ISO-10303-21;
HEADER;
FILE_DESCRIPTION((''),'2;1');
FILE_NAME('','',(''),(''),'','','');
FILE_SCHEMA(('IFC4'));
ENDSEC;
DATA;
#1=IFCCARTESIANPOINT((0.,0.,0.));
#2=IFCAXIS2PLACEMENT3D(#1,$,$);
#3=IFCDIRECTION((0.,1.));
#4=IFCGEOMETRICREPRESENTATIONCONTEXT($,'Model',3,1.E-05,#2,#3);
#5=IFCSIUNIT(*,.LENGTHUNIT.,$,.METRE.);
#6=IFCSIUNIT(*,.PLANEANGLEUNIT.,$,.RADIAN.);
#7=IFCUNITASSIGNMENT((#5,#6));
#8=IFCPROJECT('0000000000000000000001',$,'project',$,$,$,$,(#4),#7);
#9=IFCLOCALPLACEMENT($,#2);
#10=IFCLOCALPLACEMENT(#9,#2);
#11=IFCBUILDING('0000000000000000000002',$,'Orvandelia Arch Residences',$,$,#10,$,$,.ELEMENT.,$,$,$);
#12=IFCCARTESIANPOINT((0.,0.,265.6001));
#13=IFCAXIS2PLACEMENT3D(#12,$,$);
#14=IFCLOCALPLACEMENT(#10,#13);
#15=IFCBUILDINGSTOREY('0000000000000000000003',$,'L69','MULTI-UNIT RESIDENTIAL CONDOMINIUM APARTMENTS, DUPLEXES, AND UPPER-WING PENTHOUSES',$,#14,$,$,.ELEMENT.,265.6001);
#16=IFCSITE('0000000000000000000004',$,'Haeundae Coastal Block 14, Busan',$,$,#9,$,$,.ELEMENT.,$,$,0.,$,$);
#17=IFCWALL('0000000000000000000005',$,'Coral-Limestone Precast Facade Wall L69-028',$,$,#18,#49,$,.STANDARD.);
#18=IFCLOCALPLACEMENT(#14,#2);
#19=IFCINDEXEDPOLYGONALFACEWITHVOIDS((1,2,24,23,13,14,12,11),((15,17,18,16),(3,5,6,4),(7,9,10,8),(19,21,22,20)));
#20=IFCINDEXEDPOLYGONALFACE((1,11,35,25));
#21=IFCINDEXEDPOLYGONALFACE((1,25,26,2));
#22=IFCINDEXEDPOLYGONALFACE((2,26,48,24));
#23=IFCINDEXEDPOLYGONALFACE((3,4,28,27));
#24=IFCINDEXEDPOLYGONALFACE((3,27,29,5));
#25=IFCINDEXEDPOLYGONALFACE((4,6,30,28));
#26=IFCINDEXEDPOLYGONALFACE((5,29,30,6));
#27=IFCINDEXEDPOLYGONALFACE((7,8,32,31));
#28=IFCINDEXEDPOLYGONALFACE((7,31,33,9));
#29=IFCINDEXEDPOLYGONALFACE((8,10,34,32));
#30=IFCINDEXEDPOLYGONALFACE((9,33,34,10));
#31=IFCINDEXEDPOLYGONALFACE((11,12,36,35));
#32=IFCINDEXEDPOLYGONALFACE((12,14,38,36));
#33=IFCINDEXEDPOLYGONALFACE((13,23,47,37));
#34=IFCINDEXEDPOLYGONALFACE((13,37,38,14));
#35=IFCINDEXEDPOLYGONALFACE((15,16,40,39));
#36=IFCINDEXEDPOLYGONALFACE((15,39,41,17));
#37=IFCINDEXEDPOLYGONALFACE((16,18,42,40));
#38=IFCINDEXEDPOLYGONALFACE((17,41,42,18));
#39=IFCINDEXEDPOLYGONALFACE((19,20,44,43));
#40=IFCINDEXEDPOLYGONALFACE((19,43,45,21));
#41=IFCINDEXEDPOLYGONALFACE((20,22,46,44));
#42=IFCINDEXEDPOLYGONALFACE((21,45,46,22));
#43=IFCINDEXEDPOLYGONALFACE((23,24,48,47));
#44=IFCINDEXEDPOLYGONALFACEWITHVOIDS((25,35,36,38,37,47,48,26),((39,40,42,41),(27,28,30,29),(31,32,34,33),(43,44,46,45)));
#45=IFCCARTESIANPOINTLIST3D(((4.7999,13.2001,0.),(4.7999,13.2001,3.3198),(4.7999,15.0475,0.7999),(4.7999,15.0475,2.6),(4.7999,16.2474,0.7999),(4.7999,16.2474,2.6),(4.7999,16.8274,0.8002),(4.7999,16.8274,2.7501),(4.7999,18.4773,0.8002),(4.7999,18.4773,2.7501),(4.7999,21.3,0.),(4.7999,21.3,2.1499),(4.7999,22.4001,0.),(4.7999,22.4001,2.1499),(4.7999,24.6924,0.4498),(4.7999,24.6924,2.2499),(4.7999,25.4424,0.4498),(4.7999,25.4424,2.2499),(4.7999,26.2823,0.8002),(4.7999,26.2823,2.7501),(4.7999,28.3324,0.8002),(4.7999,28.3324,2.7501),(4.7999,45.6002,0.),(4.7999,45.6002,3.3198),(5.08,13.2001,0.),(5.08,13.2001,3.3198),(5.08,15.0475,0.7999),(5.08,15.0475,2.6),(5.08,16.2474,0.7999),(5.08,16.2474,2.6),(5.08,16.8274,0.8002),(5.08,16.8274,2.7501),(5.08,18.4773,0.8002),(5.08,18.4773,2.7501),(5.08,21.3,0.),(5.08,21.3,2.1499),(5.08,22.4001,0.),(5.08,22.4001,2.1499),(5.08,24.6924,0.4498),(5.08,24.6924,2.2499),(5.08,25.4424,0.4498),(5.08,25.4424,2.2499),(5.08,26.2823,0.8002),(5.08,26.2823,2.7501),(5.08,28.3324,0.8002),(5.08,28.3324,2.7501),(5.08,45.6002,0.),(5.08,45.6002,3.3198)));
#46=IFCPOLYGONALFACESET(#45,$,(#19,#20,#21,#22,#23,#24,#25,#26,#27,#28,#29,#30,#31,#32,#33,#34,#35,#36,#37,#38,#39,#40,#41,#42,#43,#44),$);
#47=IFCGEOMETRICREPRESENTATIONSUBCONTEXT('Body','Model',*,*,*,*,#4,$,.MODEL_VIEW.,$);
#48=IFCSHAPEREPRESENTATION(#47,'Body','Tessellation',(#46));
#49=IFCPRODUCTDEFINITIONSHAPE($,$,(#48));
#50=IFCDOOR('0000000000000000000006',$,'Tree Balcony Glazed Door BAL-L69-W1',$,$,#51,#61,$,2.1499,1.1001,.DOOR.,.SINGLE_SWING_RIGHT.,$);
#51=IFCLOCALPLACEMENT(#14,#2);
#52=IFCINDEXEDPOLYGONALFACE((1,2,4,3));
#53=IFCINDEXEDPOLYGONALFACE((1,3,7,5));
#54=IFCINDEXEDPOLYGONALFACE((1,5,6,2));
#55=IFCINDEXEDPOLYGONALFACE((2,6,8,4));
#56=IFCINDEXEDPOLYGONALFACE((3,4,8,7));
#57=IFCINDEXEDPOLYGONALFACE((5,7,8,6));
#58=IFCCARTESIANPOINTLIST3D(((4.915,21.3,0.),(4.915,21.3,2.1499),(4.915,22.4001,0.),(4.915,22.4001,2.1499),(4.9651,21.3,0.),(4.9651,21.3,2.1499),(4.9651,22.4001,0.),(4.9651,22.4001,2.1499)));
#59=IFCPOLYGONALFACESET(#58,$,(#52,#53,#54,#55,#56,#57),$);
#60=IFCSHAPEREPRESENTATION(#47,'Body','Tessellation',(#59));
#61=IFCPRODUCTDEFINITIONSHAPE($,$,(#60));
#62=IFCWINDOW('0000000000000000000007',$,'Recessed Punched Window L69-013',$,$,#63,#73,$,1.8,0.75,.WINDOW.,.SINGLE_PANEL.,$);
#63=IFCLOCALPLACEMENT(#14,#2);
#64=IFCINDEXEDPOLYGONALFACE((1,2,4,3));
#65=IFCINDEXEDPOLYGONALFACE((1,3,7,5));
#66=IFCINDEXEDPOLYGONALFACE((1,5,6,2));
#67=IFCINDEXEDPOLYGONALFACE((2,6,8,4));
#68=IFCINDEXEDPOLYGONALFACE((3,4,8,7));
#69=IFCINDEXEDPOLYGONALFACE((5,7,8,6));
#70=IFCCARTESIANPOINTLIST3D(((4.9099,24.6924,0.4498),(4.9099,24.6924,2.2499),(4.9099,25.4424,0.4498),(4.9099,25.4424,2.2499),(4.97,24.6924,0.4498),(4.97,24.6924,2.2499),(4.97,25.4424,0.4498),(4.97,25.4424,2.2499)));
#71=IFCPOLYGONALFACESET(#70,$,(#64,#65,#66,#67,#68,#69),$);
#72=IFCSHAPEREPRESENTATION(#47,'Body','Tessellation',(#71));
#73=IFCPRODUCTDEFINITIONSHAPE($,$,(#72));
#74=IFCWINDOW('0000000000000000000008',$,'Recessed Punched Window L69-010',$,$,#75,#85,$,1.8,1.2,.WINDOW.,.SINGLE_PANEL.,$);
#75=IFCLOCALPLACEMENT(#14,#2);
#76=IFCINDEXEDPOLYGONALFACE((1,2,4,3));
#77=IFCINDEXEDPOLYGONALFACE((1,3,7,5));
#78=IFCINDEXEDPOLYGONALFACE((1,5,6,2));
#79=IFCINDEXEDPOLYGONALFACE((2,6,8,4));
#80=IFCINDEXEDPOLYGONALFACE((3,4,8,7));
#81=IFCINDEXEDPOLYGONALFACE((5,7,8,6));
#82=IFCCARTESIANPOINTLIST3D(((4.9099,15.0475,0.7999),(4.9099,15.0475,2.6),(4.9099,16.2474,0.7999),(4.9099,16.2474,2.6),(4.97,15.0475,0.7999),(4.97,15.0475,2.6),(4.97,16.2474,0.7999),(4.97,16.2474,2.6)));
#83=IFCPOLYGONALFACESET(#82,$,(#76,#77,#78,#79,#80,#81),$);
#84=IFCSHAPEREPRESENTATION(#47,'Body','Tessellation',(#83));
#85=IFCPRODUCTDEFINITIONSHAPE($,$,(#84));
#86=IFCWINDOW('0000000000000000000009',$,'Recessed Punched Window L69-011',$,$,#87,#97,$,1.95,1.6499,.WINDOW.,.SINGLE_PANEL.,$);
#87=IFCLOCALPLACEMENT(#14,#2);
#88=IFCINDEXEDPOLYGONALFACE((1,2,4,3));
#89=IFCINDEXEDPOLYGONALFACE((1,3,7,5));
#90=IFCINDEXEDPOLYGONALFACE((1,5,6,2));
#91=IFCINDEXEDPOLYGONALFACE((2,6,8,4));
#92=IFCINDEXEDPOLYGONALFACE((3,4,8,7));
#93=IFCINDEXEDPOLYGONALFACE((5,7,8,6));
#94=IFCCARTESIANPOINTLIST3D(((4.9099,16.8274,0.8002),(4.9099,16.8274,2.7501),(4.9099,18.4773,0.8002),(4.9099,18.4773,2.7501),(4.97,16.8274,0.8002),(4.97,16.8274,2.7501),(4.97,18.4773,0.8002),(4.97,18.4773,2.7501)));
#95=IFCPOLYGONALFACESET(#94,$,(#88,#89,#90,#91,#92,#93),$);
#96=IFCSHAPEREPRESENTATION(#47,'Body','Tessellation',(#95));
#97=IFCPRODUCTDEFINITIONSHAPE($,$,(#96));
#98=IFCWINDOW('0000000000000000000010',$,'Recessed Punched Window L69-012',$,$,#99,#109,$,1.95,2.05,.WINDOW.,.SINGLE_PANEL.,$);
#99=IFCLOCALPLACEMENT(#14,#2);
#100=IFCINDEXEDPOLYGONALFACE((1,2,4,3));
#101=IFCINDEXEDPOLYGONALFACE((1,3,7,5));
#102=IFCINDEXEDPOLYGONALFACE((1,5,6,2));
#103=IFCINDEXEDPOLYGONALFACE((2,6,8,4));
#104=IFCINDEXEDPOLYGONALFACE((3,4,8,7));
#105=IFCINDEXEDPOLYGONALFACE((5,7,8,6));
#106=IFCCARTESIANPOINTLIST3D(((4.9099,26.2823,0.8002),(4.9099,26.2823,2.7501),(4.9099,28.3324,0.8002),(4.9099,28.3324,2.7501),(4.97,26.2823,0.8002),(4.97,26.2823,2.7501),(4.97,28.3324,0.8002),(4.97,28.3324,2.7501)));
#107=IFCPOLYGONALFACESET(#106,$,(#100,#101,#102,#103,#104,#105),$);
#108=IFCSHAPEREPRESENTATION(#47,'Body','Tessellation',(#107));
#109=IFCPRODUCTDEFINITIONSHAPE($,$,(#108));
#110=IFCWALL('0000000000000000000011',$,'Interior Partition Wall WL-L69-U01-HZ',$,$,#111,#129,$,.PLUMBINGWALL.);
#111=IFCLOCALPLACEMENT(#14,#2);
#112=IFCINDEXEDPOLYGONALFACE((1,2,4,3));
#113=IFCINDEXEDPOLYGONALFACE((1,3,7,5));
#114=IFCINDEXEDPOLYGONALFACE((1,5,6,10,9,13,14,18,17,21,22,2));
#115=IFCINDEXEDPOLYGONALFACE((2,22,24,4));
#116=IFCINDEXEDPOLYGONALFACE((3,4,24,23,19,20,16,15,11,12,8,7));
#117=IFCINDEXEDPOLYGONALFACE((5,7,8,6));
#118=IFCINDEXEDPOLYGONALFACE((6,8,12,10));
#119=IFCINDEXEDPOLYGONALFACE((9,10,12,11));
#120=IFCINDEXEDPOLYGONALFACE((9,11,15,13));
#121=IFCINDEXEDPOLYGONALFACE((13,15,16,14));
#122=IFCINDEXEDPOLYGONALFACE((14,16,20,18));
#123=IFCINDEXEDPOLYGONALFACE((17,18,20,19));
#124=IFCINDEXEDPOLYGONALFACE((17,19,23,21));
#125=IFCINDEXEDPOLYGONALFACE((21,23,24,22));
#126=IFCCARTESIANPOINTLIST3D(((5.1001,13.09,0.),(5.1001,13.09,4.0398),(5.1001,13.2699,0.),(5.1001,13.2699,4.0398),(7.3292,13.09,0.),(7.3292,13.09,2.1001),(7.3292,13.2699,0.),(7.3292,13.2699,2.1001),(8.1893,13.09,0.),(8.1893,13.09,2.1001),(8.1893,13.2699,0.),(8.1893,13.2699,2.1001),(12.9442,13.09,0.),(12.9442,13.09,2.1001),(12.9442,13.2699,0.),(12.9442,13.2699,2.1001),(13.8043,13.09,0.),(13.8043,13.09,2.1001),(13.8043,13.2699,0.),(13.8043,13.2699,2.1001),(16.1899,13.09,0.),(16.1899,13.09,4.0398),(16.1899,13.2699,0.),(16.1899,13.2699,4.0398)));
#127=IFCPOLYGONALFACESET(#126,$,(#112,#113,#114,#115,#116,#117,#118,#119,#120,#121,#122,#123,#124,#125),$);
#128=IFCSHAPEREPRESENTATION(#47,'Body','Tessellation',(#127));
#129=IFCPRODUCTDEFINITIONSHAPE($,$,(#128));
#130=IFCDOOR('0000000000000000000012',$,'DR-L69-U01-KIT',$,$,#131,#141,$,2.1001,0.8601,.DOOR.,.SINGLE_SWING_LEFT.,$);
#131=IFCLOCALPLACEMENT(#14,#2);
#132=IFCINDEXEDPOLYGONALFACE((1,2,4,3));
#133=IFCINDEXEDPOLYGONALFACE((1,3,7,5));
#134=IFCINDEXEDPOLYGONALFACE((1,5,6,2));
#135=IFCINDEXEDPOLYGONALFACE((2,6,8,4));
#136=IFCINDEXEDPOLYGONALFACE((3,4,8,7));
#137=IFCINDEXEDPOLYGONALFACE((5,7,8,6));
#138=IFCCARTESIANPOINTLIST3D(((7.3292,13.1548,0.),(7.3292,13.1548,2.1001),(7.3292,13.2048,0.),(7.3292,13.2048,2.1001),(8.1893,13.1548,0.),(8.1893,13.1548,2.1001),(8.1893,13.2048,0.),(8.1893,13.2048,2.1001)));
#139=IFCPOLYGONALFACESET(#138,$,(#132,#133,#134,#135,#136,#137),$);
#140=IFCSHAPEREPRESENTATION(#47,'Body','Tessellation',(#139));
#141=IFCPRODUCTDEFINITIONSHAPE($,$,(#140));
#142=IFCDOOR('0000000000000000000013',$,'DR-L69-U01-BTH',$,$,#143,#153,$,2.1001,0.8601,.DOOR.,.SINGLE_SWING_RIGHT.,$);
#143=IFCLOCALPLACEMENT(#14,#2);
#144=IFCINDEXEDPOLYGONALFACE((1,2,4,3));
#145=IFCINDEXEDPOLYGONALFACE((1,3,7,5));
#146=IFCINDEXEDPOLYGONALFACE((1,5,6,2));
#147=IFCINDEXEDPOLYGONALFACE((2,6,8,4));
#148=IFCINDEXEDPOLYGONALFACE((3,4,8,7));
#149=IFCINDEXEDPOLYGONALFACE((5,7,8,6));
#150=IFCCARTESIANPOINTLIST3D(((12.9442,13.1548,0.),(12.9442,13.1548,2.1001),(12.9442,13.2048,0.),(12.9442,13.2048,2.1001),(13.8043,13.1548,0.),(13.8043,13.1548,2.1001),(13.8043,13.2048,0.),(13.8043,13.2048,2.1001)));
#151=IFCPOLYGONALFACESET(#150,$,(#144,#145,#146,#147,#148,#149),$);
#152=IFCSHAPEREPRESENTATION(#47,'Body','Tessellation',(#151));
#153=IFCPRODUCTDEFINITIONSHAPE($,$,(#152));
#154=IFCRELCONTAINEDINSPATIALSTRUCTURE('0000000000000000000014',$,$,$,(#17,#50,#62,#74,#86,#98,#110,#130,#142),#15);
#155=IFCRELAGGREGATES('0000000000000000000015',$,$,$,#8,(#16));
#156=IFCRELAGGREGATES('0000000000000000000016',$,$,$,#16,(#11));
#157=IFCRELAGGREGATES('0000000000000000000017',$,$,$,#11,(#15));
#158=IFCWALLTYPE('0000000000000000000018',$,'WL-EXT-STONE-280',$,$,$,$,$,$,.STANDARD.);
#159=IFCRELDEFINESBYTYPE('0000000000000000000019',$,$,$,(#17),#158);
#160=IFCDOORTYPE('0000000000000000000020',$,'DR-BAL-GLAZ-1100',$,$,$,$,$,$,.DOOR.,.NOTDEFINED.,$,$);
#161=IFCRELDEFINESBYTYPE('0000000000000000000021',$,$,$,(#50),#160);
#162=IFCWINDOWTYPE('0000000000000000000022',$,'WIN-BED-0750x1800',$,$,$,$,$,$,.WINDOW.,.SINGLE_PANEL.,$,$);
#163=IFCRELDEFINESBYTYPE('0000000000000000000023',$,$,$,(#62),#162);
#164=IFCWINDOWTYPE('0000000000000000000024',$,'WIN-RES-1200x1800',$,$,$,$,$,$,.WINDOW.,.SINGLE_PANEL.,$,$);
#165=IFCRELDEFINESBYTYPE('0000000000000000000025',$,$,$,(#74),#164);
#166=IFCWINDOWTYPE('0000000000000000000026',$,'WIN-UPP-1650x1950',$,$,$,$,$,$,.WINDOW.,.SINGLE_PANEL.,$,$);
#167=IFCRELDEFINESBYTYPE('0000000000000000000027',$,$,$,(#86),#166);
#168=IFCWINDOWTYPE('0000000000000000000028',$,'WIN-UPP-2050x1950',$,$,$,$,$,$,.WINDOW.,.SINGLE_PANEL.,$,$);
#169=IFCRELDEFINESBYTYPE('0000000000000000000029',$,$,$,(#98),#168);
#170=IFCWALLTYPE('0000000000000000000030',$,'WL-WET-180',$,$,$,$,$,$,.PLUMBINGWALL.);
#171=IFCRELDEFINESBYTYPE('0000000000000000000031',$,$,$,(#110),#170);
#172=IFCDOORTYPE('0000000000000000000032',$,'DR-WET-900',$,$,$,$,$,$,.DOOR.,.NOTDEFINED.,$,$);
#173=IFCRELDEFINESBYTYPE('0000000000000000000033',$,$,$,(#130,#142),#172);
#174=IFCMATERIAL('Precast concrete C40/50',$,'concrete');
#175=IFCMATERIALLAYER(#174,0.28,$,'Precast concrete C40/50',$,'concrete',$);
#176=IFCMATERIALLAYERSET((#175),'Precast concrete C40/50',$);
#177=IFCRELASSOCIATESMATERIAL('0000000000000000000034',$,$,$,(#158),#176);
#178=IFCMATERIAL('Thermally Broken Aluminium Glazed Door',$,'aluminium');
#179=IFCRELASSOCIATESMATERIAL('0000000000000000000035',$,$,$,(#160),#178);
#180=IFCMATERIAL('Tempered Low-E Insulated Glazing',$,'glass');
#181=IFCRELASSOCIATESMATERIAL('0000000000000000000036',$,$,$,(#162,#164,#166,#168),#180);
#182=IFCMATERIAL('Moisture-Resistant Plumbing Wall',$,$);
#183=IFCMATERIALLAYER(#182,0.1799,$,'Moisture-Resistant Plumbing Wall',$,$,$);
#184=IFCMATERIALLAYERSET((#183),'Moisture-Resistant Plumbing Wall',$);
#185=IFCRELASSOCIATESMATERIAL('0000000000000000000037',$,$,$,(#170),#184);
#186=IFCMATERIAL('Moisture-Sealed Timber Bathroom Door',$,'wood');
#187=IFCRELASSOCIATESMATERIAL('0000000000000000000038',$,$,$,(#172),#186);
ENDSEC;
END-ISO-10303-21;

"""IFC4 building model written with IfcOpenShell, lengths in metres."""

from ifc_helpers import new_model, si_unit, direction, frame, frame_2d, origin, place, context, subcontext, project, spatial, rectangle, extrude, material, layer, layer_set, type_object, element, fill, save


model = new_model("IFC4")

# Units and contexts
model_context = context("Model", 3, precision=1e-05, world=origin(), true_north=direction((0.0, 1.0)))
body_context = subcontext(model_context, "Body", "Model", "MODEL_VIEW")
ifc_project = project(units=[si_unit("LENGTHUNIT", "METRE"), si_unit("PLANEANGLEUNIT", "RADIAN")], contexts=[model_context])

# Site, building, storey
site_placement = place(None, origin())
site = spatial("IfcSite", under=ifc_project, at=site_placement, Name="Haeundae Coastal Block 14, Busan", CompositionType="ELEMENT", RefElevation=0.0)
building_placement = place(site_placement, origin())
building = spatial("IfcBuilding", under=site, at=building_placement, Name="Orvandelia Arch Residences", CompositionType="ELEMENT")
storey_placement = place(building_placement, frame((0.0, 0.0, 265.6001)))
storey = spatial("IfcBuildingStorey", under=building, at=storey_placement, Name="L69", Description="MULTI-UNIT RESIDENTIAL CONDOMINIUM APARTMENTS, DUPLEXES, AND UPPER-WING PENTHOUSES", CompositionType="ELEMENT", Elevation=265.6001)

# Shared definitions
ifc_material_1 = material(Name="Precast concrete C40/50", Category="concrete")

# Shared definitions
ifc_layer_1 = layer(ifc_material_1, 0.28, Name="Precast concrete C40/50", Category="concrete")
ifc_layer_set_1 = layer_set([ifc_layer_1], Name="Precast concrete C40/50")
wall_type_1 = type_object("IfcWallType", Name="WL-EXT-STONE-280", PredefinedType="STANDARD", material=ifc_layer_set_1)

# Wall, openings, door, windows
wall_1_placement = place(storey_placement, frame((4.9399, 13.2, 0.0), z_axis=(0.0, 0.0, 1.0), x_axis=(0.0, 1.0, 0.0)))
wall_1 = element("IfcWall", 1, at=wall_1_placement, inside=storey, type_object=wall_type_1, Name="Coral-Limestone Precast Facade Wall L69-028", PredefinedType="STANDARD", context=body_context, shape_type="SweptSolid", body=[
    extrude(rectangle(XDim=32.4001, YDim=0.28, at=frame_2d((16.2002, 0.0))), origin(), (0.0, 0.0, 1.0), 3.3198),
])
opening_1_placement = place(wall_1_placement, frame((8.1001, 0.0, 0.0)))
opening_1 = element("IfcOpeningElement", 2, at=opening_1_placement, cuts=wall_1, PredefinedType="OPENING", context=body_context, shape_type="SweptSolid", body=[
    extrude(rectangle(XDim=1.1001, YDim=2.1499, at=frame_2d((0.55, 1.075))), frame((0.0, 0.1499, 0.0), z_axis=(0.0, -1.0, 0.0), x_axis=(1.0, 0.0, 0.0)), (0.0, 0.0, 1.0), 0.3),
])
opening_2_placement = place(wall_1_placement, frame((1.8474, 0.0, 0.8)))
opening_2 = element("IfcOpeningElement", 3, at=opening_2_placement, cuts=wall_1, PredefinedType="OPENING", context=body_context, shape_type="SweptSolid", body=[
    extrude(rectangle(XDim=1.2, YDim=1.8, at=frame_2d((0.6001, 0.8999))), frame((0.0, 0.1499, 0.0), z_axis=(0.0, -1.0, 0.0), x_axis=(1.0, 0.0, 0.0)), (0.0, 0.0, 1.0), 0.3),
])
opening_3_placement = place(wall_1_placement, frame((3.6274, 0.0, 0.8)))
opening_3 = element("IfcOpeningElement", 4, at=opening_3_placement, cuts=wall_1, PredefinedType="OPENING", context=body_context, shape_type="SweptSolid", body=[
    extrude(rectangle(XDim=1.6499, YDim=1.95, at=frame_2d((0.825, 0.9751))), frame((0.0, 0.1499, 0.0), z_axis=(0.0, -1.0, 0.0), x_axis=(1.0, 0.0, 0.0)), (0.0, 0.0, 1.0), 0.3),
])
opening_4_placement = place(wall_1_placement, frame((13.0825, 0.0, 0.8)))
opening_4 = element("IfcOpeningElement", 5, at=opening_4_placement, cuts=wall_1, PredefinedType="OPENING", context=body_context, shape_type="SweptSolid", body=[
    extrude(rectangle(XDim=2.05, YDim=1.95, at=frame_2d((1.0249, 0.9751))), frame((0.0, 0.1499, 0.0), z_axis=(0.0, -1.0, 0.0), x_axis=(1.0, 0.0, 0.0)), (0.0, 0.0, 1.0), 0.3),
])
opening_5_placement = place(wall_1_placement, frame((11.4924, 0.0, 0.45)))
opening_5 = element("IfcOpeningElement", 6, at=opening_5_placement, cuts=wall_1, PredefinedType="OPENING", context=body_context, shape_type="SweptSolid", body=[
    extrude(rectangle(XDim=0.75, YDim=1.8, at=frame_2d((0.375, 0.8999))), frame((0.0, 0.1499, 0.0), z_axis=(0.0, -1.0, 0.0), x_axis=(1.0, 0.0, 0.0)), (0.0, 0.0, 1.0), 0.3),
])
ifc_material_2 = material(Name="Thermally Broken Aluminium Glazed Door", Category="aluminium")
door_type_1 = type_object("IfcDoorType", Name="DR-BAL-GLAZ-1100", OperationType="NOTDEFINED", PredefinedType="DOOR", material=ifc_material_2)
door_1_placement = place(opening_1_placement, origin())
door_1 = element("IfcDoor", 7, at=door_1_placement, inside=storey, type_object=door_type_1, Name="Tree Balcony Glazed Door BAL-L69-W1", OperationType="SINGLE_SWING_RIGHT", OverallHeight=2.1499, OverallWidth=1.1001, PredefinedType="DOOR", context=body_context, shape_type="SweptSolid", body=[
    extrude(rectangle(XDim=1.1001, YDim=2.1499, at=frame_2d((0.55, 1.075))), frame((0.0, 0.0249, 0.0), z_axis=(0.0, -1.0, 0.0), x_axis=(1.0, 0.0, 0.0)), (0.0, 0.0, 1.0), 0.05),
])
fill(opening_1, door_1)
ifc_material_3 = material(Name="Tempered Low-E Insulated Glazing", Category="glass")
window_type_1 = type_object("IfcWindowType", Name="WIN-BED-0750x1800", PartitioningType="SINGLE_PANEL", PredefinedType="WINDOW", material=ifc_material_3)
window_1_placement = place(opening_5_placement, origin())
window_1 = element("IfcWindow", 8, at=window_1_placement, inside=storey, type_object=window_type_1, Name="Recessed Punched Window L69-013", OverallHeight=1.8, OverallWidth=0.75, PartitioningType="SINGLE_PANEL", PredefinedType="WINDOW", context=body_context, shape_type="SweptSolid", body=[
    extrude(rectangle(XDim=0.75, YDim=1.8, at=frame_2d((0.375, 0.8999))), frame((0.0, 0.03, 0.0), z_axis=(0.0, -1.0, 0.0), x_axis=(1.0, 0.0, 0.0)), (0.0, 0.0, 1.0), 0.0601),
])
fill(opening_5, window_1)
window_type_2 = type_object("IfcWindowType", Name="WIN-RES-1200x1800", PartitioningType="SINGLE_PANEL", PredefinedType="WINDOW", material=ifc_material_3)
window_2_placement = place(opening_2_placement, origin())
window_2 = element("IfcWindow", 9, at=window_2_placement, inside=storey, type_object=window_type_2, Name="Recessed Punched Window L69-010", OverallHeight=1.8, OverallWidth=1.2, PartitioningType="SINGLE_PANEL", PredefinedType="WINDOW", context=body_context, shape_type="SweptSolid", body=[
    extrude(rectangle(XDim=1.2, YDim=1.8, at=frame_2d((0.6001, 0.8999))), frame((0.0, 0.03, 0.0), z_axis=(0.0, -1.0, 0.0), x_axis=(1.0, 0.0, 0.0)), (0.0, 0.0, 1.0), 0.0601),
])
fill(opening_2, window_2)
window_type_3 = type_object("IfcWindowType", Name="WIN-UPP-1650x1950", PartitioningType="SINGLE_PANEL", PredefinedType="WINDOW", material=ifc_material_3)
window_3_placement = place(opening_3_placement, origin())
window_3 = element("IfcWindow", 10, at=window_3_placement, inside=storey, type_object=window_type_3, Name="Recessed Punched Window L69-011", OverallHeight=1.95, OverallWidth=1.6499, PartitioningType="SINGLE_PANEL", PredefinedType="WINDOW", context=body_context, shape_type="SweptSolid", body=[
    extrude(rectangle(XDim=1.6499, YDim=1.95, at=frame_2d((0.825, 0.9751))), frame((0.0, 0.03, 0.0), z_axis=(0.0, -1.0, 0.0), x_axis=(1.0, 0.0, 0.0)), (0.0, 0.0, 1.0), 0.0601),
])
fill(opening_3, window_3)
window_type_4 = type_object("IfcWindowType", Name="WIN-UPP-2050x1950", PartitioningType="SINGLE_PANEL", PredefinedType="WINDOW", material=ifc_material_3)
window_4_placement = place(opening_4_placement, origin())
window_4 = element("IfcWindow", 11, at=window_4_placement, inside=storey, type_object=window_type_4, Name="Recessed Punched Window L69-012", OverallHeight=1.95, OverallWidth=2.05, PartitioningType="SINGLE_PANEL", PredefinedType="WINDOW", context=body_context, shape_type="SweptSolid", body=[
    extrude(rectangle(XDim=2.05, YDim=1.95, at=frame_2d((1.0249, 0.9751))), frame((0.0, 0.03, 0.0), z_axis=(0.0, -1.0, 0.0), x_axis=(1.0, 0.0, 0.0)), (0.0, 0.0, 1.0), 0.0601),
])
fill(opening_4, window_4)

# Wall, openings, doors
ifc_material_4 = material(Name="Moisture-Resistant Plumbing Wall")
ifc_layer_2 = layer(ifc_material_4, 0.1799, Name="Moisture-Resistant Plumbing Wall")
ifc_layer_set_2 = layer_set([ifc_layer_2], Name="Moisture-Resistant Plumbing Wall")
wall_type_2 = type_object("IfcWallType", Name="WL-WET-180", PredefinedType="PLUMBINGWALL", material=ifc_layer_set_2)
wall_2_placement = place(storey_placement, frame((5.1001, 13.1799, 0.0), z_axis=(0.0, 0.0, 1.0), x_axis=(1.0, 0.0, 0.0)))
wall_2 = element("IfcWall", 12, at=wall_2_placement, inside=storey, type_object=wall_type_2, Name="Interior Partition Wall WL-L69-U01-HZ", PredefinedType="PLUMBINGWALL", context=body_context, shape_type="SweptSolid", body=[
    extrude(rectangle(XDim=11.0898, YDim=0.1799, at=frame_2d((5.5449, 0.0))), origin(), (0.0, 0.0, 1.0), 4.0398),
])
opening_6_placement = place(wall_2_placement, frame((2.229, 0.0, 0.0)))
opening_6 = element("IfcOpeningElement", 13, at=opening_6_placement, cuts=wall_2, PredefinedType="OPENING", context=body_context, shape_type="SweptSolid", body=[
    extrude(rectangle(XDim=0.8601, YDim=2.1001, at=frame_2d((0.4302, 1.05))), frame((0.0, 0.1001, 0.0), z_axis=(0.0, -1.0, 0.0), x_axis=(1.0, 0.0, 0.0)), (0.0, 0.0, 1.0), 0.2),
])
opening_7_placement = place(wall_2_placement, frame((7.844, 0.0, 0.0)))
opening_7 = element("IfcOpeningElement", 14, at=opening_7_placement, cuts=wall_2, PredefinedType="OPENING", context=body_context, shape_type="SweptSolid", body=[
    extrude(rectangle(XDim=0.8601, YDim=2.1001, at=frame_2d((0.4302, 1.05))), frame((0.0, 0.1001, 0.0), z_axis=(0.0, -1.0, 0.0), x_axis=(1.0, 0.0, 0.0)), (0.0, 0.0, 1.0), 0.2),
])
ifc_material_5 = material(Name="Moisture-Sealed Timber Bathroom Door", Category="wood")
door_type_2 = type_object("IfcDoorType", Name="DR-WET-900", OperationType="NOTDEFINED", PredefinedType="DOOR", material=ifc_material_5)
door_2_placement = place(opening_6_placement, origin())
door_2 = element("IfcDoor", 15, at=door_2_placement, inside=storey, type_object=door_type_2, Name="DR-L69-U01-KIT", OperationType="SINGLE_SWING_LEFT", OverallHeight=2.1001, OverallWidth=0.8601, PredefinedType="DOOR", context=body_context, shape_type="SweptSolid", body=[
    extrude(rectangle(XDim=0.8601, YDim=2.1001, at=frame_2d((0.4302, 1.05))), frame((0.0, 0.0249, 0.0), z_axis=(0.0, -1.0, 0.0), x_axis=(1.0, 0.0, 0.0)), (0.0, 0.0, 1.0), 0.05),
])
fill(opening_6, door_2)
door_3_placement = place(opening_7_placement, origin())
door_3 = element("IfcDoor", 16, at=door_3_placement, inside=storey, type_object=door_type_2, Name="DR-L69-U01-BTH", OperationType="SINGLE_SWING_RIGHT", OverallHeight=2.1001, OverallWidth=0.8601, PredefinedType="DOOR", context=body_context, shape_type="SweptSolid", body=[
    extrude(rectangle(XDim=0.8601, YDim=2.1001, at=frame_2d((0.4302, 1.05))), frame((0.0, 0.0249, 0.0), z_axis=(0.0, -1.0, 0.0), x_axis=(1.0, 0.0, 0.0)), (0.0, 0.0, 1.0), 0.05),
])
fill(opening_7, door_3)

save(model, "model.ifc")
